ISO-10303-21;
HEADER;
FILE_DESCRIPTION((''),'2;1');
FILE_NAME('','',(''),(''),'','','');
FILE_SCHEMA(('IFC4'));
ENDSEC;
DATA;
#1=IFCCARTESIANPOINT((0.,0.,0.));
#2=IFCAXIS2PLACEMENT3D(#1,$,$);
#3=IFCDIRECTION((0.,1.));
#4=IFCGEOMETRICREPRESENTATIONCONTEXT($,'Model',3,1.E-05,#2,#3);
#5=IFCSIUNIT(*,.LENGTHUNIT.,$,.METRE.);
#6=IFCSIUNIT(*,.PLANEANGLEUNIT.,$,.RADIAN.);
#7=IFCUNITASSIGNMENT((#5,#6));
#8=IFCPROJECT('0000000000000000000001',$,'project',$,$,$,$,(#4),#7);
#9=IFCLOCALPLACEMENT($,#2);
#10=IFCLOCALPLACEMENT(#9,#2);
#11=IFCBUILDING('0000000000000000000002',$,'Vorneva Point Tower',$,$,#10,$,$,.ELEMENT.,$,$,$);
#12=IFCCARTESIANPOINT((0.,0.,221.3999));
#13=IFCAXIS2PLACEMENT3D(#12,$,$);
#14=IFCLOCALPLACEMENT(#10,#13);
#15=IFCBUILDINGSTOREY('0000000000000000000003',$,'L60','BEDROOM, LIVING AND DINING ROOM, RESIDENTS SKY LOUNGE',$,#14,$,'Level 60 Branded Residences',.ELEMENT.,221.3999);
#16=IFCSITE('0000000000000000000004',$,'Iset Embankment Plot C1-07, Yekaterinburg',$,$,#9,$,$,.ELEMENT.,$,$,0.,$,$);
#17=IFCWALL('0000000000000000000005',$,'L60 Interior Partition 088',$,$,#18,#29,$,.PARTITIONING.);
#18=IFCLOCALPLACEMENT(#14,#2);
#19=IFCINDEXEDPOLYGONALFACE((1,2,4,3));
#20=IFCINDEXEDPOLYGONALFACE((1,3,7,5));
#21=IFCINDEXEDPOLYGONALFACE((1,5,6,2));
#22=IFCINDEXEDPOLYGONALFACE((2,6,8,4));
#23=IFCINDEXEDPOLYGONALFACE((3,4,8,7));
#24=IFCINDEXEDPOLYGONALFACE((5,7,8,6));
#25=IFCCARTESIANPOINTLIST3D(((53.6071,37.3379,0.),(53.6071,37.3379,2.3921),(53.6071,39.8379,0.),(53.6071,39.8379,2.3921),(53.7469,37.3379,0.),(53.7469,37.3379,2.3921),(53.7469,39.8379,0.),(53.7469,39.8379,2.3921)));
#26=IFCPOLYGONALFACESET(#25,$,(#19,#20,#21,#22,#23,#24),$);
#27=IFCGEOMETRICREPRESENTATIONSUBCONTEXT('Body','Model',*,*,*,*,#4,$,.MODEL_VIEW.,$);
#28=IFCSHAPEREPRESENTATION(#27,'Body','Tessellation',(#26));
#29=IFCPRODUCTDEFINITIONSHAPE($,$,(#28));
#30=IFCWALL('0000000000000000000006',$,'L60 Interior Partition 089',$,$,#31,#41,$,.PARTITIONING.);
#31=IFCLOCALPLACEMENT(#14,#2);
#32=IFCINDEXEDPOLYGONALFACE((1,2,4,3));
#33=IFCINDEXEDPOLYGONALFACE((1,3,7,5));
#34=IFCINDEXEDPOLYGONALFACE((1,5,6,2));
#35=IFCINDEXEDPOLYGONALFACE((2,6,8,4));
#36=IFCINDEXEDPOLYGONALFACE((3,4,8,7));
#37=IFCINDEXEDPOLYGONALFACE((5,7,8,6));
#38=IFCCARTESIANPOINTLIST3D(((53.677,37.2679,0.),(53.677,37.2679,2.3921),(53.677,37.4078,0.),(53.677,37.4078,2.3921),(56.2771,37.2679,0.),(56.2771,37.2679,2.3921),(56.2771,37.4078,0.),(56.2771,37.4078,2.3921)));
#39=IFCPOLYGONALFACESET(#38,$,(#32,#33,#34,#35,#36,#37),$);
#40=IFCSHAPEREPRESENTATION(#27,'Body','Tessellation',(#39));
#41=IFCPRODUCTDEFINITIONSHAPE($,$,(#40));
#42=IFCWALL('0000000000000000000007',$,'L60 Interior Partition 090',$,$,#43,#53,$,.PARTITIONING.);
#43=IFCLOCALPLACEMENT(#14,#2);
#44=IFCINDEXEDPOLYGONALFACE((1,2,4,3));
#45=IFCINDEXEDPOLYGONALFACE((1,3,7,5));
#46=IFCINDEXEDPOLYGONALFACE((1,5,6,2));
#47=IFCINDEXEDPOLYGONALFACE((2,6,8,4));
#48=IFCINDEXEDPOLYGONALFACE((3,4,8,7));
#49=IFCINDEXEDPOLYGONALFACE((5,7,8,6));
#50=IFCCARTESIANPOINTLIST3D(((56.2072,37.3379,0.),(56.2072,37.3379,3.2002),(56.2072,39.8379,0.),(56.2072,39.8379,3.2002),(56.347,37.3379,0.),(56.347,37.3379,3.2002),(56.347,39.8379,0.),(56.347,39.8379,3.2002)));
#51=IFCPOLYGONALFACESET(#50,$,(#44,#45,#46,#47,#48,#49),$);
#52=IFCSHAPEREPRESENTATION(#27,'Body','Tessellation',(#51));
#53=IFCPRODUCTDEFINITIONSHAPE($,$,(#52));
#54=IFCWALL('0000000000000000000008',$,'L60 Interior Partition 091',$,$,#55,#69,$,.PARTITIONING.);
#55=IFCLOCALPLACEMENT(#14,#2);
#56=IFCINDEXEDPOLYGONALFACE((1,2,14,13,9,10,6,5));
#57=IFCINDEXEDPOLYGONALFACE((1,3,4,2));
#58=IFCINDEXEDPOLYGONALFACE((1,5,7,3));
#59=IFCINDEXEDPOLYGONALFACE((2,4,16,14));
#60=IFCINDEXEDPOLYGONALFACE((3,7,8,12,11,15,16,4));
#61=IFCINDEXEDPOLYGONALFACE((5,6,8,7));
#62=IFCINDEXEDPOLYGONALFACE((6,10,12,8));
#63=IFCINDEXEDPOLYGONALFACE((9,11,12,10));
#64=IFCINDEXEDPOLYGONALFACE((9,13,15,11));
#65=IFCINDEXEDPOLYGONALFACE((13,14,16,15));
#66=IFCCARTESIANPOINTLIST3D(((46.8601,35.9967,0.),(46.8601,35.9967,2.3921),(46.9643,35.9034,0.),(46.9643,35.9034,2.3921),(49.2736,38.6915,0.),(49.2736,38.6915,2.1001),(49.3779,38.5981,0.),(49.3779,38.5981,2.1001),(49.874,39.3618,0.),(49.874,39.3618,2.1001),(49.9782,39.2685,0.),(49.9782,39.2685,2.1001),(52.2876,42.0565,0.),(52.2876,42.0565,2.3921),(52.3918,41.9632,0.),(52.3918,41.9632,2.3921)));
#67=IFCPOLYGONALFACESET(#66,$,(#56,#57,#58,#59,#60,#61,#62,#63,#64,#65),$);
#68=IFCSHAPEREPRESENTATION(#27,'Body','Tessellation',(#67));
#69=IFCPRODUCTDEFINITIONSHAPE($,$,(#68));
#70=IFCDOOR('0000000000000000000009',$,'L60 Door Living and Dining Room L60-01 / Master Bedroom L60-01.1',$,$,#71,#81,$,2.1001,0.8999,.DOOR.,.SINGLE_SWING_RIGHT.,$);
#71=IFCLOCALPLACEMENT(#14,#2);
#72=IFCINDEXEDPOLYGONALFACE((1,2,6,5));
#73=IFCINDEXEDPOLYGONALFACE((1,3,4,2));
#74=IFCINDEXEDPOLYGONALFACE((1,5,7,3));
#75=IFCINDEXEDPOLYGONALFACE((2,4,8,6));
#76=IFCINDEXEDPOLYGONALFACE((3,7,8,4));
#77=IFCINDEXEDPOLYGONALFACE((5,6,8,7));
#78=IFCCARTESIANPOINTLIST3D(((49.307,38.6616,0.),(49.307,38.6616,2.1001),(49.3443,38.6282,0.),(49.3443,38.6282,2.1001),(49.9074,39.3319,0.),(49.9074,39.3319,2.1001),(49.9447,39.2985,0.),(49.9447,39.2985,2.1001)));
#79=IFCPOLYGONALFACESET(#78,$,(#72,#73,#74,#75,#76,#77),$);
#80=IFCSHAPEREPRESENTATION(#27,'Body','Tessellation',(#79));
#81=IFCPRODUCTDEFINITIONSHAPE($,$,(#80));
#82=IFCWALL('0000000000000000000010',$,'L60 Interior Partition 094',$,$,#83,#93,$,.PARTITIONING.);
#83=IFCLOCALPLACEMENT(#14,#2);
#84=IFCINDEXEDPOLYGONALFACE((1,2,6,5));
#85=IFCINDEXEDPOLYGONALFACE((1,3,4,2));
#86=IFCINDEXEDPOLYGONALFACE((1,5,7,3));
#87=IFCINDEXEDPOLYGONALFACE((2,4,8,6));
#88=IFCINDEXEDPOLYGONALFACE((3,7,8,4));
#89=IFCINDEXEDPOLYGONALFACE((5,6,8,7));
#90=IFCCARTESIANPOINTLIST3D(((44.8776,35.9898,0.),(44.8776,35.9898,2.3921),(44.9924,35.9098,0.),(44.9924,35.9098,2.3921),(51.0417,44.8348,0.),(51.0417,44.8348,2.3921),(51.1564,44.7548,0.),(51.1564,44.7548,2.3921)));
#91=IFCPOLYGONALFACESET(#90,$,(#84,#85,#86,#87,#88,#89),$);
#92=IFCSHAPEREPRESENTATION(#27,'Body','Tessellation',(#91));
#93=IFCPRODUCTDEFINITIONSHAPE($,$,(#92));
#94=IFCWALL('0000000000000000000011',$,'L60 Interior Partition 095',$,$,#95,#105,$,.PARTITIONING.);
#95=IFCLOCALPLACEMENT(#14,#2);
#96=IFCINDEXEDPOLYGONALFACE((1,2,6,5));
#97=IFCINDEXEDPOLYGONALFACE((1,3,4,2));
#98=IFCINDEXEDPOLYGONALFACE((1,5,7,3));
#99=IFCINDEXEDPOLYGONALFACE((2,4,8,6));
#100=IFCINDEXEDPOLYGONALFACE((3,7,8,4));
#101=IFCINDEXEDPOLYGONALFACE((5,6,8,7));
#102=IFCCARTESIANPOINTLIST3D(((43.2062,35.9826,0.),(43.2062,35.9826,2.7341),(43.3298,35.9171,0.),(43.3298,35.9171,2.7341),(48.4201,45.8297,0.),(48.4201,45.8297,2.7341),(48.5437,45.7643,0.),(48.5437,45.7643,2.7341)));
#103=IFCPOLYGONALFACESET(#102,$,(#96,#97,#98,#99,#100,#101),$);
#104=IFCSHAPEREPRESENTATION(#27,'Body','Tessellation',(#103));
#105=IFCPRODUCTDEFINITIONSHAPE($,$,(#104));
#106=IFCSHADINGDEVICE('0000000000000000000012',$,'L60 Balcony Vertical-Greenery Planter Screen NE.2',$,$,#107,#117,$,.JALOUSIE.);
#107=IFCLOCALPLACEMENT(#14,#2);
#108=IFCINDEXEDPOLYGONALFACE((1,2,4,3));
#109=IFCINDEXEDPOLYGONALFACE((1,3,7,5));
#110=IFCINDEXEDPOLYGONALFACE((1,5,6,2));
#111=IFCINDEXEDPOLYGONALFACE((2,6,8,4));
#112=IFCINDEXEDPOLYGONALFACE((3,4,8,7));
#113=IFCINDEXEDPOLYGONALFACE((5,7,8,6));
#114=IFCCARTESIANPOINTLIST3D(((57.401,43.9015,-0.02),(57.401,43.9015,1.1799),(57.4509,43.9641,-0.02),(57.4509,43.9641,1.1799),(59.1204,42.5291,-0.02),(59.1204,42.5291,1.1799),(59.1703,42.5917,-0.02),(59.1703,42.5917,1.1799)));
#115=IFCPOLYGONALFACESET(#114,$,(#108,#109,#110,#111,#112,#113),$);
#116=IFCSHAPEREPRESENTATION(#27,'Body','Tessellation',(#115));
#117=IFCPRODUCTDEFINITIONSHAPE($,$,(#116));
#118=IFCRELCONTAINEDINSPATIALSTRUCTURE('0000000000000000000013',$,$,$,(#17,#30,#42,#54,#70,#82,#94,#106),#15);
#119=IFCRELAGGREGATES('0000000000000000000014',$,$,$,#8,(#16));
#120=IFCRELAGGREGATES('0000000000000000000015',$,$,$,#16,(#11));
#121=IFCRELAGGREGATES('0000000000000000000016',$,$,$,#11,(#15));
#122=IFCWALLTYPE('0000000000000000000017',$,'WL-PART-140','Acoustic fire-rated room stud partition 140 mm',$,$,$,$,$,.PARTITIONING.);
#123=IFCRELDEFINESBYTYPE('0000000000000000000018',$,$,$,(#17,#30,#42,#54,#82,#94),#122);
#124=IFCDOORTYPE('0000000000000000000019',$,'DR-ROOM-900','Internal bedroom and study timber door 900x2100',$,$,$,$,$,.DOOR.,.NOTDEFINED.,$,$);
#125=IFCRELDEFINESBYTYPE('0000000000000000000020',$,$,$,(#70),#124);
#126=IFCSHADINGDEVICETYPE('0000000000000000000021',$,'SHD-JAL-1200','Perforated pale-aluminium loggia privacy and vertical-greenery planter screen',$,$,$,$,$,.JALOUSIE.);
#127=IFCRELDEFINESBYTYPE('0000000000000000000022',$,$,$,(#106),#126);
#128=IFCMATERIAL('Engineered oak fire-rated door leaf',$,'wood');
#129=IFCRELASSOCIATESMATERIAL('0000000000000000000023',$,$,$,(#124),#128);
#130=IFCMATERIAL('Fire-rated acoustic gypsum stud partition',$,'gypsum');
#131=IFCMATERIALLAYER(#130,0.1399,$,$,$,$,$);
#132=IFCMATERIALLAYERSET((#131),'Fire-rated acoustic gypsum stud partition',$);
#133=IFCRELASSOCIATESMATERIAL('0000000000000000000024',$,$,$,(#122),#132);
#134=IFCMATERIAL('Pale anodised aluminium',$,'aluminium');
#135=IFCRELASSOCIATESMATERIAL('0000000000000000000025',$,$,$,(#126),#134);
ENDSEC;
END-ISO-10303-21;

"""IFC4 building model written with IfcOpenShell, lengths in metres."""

from ifc_helpers import new_model, si_unit, direction, frame, frame_2d, origin, origin_2d, place, context, subcontext, project, spatial, rectangle, extrude, material, layer, layer_set, type_object, element, fill, save


model = new_model("IFC4")

# Units and contexts
model_context = context("Model", 3, precision=1e-05, world=origin(), true_north=direction((0.0, 1.0)))
body_context = subcontext(model_context, "Body", "Model", "MODEL_VIEW")
ifc_project = project(units=[si_unit("LENGTHUNIT", "METRE"), si_unit("PLANEANGLEUNIT", "RADIAN")], contexts=[model_context])

# Site, building, storey
site_placement = place(None, origin())
site = spatial("IfcSite", under=ifc_project, at=site_placement, Name="Iset Embankment Plot C1-07, Yekaterinburg", CompositionType="ELEMENT", RefElevation=0.0)
building_placement = place(site_placement, origin())
building = spatial("IfcBuilding", under=site, at=building_placement, Name="Vorneva Point Tower", CompositionType="ELEMENT")
storey_placement = place(building_placement, frame((0.0, 0.0, 221.3999)))
storey = spatial("IfcBuildingStorey", under=building, at=storey_placement, Name="L60", Description="BEDROOM, LIVING AND DINING ROOM, RESIDENTS SKY LOUNGE", LongName="Level 60 Branded Residences", CompositionType="ELEMENT", Elevation=221.3999)

# Shared definitions
ifc_material_1 = material(Name="Pale anodised aluminium", Category="aluminium")

# Shared definitions
ifc_material_2 = material(Name="Fire-rated acoustic gypsum stud partition", Category="gypsum")

# Shared definitions
ifc_material_3 = material(Name="Engineered oak fire-rated door leaf", Category="wood")
door_type_1 = type_object("IfcDoorType", Name="DR-ROOM-900", Description="Internal bedroom and study timber door 900x2100", OperationType="NOTDEFINED", PredefinedType="DOOR", material=ifc_material_3)

# Shared definitions
ifc_layer_1 = layer(ifc_material_2, 0.1399)
ifc_layer_set_1 = layer_set([ifc_layer_1], Name="Fire-rated acoustic gypsum stud partition")
wall_type_1 = type_object("IfcWallType", Name="WL-PART-140", Description="Acoustic fire-rated room stud partition 140 mm", PredefinedType="PARTITIONING", material=ifc_layer_set_1)

# Walls
wall_1_placement = place(storey_placement, frame((53.677, 39.8379, 0.0), z_axis=(0.0, 0.0, 1.0), x_axis=(0.0, -1.0, 0.0)))
element("IfcWall", 1, at=wall_1_placement, inside=storey, type_object=wall_type_1, Name="L60 Interior Partition 088", PredefinedType="PARTITIONING", context=body_context, shape_type="SweptSolid", body=[
    extrude(rectangle(XDim=2.5, YDim=0.1399, at=frame_2d((1.25, 0.0))), origin(), (0.0, 0.0, 1.0), 2.3921),
])
wall_2_placement = place(storey_placement, frame((53.677, 37.3379, 0.0), z_axis=(0.0, 0.0, 1.0), x_axis=(1.0, 0.0, 0.0)))
element("IfcWall", 2, at=wall_2_placement, inside=storey, type_object=wall_type_1, Name="L60 Interior Partition 089", PredefinedType="PARTITIONING", context=body_context, shape_type="SweptSolid", body=[
    extrude(rectangle(XDim=2.6001, YDim=0.1399, at=frame_2d((1.3, 0.0))), origin(), (0.0, 0.0, 1.0), 2.3921),
])
wall_3_placement = place(storey_placement, frame((56.2771, 37.3379, 0.0), z_axis=(0.0, 0.0, 1.0), x_axis=(0.0, 1.0, 0.0)))
element("IfcWall", 3, at=wall_3_placement, inside=storey, type_object=wall_type_1, Name="L60 Interior Partition 090", PredefinedType="PARTITIONING", context=body_context, shape_type="SweptSolid", body=[
    extrude(rectangle(XDim=2.5, YDim=0.1399, at=frame_2d((1.25, 0.0))), origin(), (0.0, 0.0, 1.0), 3.2002),
])

# Wall, opening, door
wall_4_placement = place(storey_placement, frame((52.3396, 42.0098, 0.0), z_axis=(0.0, 0.0, 1.0), x_axis=(-0.667174, -0.744902, 0.0)))
wall_4 = element("IfcWall", 4, at=wall_4_placement, inside=storey, type_object=wall_type_1, Name="L60 Interior Partition 091", PredefinedType="PARTITIONING", context=body_context, shape_type="SweptSolid", body=[
    extrude(rectangle(XDim=8.135, YDim=0.1399, at=frame_2d((4.0674, 0.0))), origin(), (0.0, 0.0, 1.0), 2.3921),
])
opening_1_placement = place(wall_4_placement, frame((3.6174, 0.0, 0.0)))
opening_1 = element("IfcOpeningElement", 5, at=opening_1_placement, cuts=wall_4, PredefinedType="OPENING", context=body_context, shape_type="SweptSolid", body=[
    extrude(rectangle(XDim=0.8999, YDim=2.1001, at=frame_2d((0.45, 1.05))), frame((0.0, 0.085, 0.0), z_axis=(0.0, -1.0, 0.0), x_axis=(1.0, 0.0, 0.0)), (0.0, 0.0, 1.0), 0.1697),
])
door_1_placement = place(opening_1_placement, origin())
door_1 = element("IfcDoor", 6, at=door_1_placement, inside=storey, type_object=door_type_1, Name="L60 Door Living and Dining Room L60-01 / Master Bedroom L60-01.1", OperationType="SINGLE_SWING_RIGHT", OverallHeight=2.1001, OverallWidth=0.8999, PredefinedType="DOOR", context=body_context, shape_type="SweptSolid", body=[
    extrude(rectangle(XDim=0.8999, YDim=2.1001, at=frame_2d((0.45, 1.05))), frame((0.0, 0.0249, 0.0), z_axis=(0.0, -1.0, 0.0), x_axis=(1.0, 0.0, 0.0)), (0.0, 0.0, 1.0), 0.05),
])
fill(opening_1, door_1)

# Walls
wall_5_placement = place(storey_placement, frame((51.0991, 44.7949, 0.0), z_axis=(0.0, 0.0, 1.0), x_axis=(-0.571754, -0.820425, 0.0)))
element("IfcWall", 7, at=wall_5_placement, inside=storey, type_object=wall_type_1, Name="L60 Interior Partition 094", PredefinedType="PARTITIONING", context=body_context, shape_type="SweptSolid", body=[
    extrude(rectangle(XDim=10.781, YDim=0.1399, at=frame_2d((5.3906, 0.0))), origin(), (0.0, 0.0, 1.0), 2.3921),
])
wall_6_placement = place(storey_placement, frame((48.4819, 45.7971, 0.0), z_axis=(0.0, 0.0, 1.0), x_axis=(-0.467934, -0.883763, 0.0)))
element("IfcWall", 8, at=wall_6_placement, inside=storey, type_object=wall_type_1, Name="L60 Interior Partition 095", PredefinedType="PARTITIONING", context=body_context, shape_type="SweptSolid", body=[
    extrude(rectangle(XDim=11.1423, YDim=0.1399, at=frame_2d((5.5713, 0.0))), origin(), (0.0, 0.0, 1.0), 2.7341),
])

# Shading device
shading_device_type = type_object("IfcShadingDeviceType", Name="SHD-JAL-1200", Description="Perforated pale-aluminium loggia privacy and vertical-greenery planter screen", PredefinedType="JALOUSIE", material=ifc_material_1)
shading_device_placement = place(storey_placement, frame((58.2856, 43.2466, -0.02), z_axis=(0.0, 0.0, 1.0), x_axis=(-0.781575, 0.623811, 0.0)))
element("IfcShadingDevice", 9, at=shading_device_placement, inside=storey, type_object=shading_device_type, Name="L60 Balcony Vertical-Greenery Planter Screen NE.2", PredefinedType="JALOUSIE", context=body_context, shape_type="SweptSolid", body=[
    extrude(rectangle(XDim=2.2, YDim=0.0801, at=origin_2d()), origin(), (0.0, 0.0, 1.0), 1.2),
])

save(model, "model.ifc")
